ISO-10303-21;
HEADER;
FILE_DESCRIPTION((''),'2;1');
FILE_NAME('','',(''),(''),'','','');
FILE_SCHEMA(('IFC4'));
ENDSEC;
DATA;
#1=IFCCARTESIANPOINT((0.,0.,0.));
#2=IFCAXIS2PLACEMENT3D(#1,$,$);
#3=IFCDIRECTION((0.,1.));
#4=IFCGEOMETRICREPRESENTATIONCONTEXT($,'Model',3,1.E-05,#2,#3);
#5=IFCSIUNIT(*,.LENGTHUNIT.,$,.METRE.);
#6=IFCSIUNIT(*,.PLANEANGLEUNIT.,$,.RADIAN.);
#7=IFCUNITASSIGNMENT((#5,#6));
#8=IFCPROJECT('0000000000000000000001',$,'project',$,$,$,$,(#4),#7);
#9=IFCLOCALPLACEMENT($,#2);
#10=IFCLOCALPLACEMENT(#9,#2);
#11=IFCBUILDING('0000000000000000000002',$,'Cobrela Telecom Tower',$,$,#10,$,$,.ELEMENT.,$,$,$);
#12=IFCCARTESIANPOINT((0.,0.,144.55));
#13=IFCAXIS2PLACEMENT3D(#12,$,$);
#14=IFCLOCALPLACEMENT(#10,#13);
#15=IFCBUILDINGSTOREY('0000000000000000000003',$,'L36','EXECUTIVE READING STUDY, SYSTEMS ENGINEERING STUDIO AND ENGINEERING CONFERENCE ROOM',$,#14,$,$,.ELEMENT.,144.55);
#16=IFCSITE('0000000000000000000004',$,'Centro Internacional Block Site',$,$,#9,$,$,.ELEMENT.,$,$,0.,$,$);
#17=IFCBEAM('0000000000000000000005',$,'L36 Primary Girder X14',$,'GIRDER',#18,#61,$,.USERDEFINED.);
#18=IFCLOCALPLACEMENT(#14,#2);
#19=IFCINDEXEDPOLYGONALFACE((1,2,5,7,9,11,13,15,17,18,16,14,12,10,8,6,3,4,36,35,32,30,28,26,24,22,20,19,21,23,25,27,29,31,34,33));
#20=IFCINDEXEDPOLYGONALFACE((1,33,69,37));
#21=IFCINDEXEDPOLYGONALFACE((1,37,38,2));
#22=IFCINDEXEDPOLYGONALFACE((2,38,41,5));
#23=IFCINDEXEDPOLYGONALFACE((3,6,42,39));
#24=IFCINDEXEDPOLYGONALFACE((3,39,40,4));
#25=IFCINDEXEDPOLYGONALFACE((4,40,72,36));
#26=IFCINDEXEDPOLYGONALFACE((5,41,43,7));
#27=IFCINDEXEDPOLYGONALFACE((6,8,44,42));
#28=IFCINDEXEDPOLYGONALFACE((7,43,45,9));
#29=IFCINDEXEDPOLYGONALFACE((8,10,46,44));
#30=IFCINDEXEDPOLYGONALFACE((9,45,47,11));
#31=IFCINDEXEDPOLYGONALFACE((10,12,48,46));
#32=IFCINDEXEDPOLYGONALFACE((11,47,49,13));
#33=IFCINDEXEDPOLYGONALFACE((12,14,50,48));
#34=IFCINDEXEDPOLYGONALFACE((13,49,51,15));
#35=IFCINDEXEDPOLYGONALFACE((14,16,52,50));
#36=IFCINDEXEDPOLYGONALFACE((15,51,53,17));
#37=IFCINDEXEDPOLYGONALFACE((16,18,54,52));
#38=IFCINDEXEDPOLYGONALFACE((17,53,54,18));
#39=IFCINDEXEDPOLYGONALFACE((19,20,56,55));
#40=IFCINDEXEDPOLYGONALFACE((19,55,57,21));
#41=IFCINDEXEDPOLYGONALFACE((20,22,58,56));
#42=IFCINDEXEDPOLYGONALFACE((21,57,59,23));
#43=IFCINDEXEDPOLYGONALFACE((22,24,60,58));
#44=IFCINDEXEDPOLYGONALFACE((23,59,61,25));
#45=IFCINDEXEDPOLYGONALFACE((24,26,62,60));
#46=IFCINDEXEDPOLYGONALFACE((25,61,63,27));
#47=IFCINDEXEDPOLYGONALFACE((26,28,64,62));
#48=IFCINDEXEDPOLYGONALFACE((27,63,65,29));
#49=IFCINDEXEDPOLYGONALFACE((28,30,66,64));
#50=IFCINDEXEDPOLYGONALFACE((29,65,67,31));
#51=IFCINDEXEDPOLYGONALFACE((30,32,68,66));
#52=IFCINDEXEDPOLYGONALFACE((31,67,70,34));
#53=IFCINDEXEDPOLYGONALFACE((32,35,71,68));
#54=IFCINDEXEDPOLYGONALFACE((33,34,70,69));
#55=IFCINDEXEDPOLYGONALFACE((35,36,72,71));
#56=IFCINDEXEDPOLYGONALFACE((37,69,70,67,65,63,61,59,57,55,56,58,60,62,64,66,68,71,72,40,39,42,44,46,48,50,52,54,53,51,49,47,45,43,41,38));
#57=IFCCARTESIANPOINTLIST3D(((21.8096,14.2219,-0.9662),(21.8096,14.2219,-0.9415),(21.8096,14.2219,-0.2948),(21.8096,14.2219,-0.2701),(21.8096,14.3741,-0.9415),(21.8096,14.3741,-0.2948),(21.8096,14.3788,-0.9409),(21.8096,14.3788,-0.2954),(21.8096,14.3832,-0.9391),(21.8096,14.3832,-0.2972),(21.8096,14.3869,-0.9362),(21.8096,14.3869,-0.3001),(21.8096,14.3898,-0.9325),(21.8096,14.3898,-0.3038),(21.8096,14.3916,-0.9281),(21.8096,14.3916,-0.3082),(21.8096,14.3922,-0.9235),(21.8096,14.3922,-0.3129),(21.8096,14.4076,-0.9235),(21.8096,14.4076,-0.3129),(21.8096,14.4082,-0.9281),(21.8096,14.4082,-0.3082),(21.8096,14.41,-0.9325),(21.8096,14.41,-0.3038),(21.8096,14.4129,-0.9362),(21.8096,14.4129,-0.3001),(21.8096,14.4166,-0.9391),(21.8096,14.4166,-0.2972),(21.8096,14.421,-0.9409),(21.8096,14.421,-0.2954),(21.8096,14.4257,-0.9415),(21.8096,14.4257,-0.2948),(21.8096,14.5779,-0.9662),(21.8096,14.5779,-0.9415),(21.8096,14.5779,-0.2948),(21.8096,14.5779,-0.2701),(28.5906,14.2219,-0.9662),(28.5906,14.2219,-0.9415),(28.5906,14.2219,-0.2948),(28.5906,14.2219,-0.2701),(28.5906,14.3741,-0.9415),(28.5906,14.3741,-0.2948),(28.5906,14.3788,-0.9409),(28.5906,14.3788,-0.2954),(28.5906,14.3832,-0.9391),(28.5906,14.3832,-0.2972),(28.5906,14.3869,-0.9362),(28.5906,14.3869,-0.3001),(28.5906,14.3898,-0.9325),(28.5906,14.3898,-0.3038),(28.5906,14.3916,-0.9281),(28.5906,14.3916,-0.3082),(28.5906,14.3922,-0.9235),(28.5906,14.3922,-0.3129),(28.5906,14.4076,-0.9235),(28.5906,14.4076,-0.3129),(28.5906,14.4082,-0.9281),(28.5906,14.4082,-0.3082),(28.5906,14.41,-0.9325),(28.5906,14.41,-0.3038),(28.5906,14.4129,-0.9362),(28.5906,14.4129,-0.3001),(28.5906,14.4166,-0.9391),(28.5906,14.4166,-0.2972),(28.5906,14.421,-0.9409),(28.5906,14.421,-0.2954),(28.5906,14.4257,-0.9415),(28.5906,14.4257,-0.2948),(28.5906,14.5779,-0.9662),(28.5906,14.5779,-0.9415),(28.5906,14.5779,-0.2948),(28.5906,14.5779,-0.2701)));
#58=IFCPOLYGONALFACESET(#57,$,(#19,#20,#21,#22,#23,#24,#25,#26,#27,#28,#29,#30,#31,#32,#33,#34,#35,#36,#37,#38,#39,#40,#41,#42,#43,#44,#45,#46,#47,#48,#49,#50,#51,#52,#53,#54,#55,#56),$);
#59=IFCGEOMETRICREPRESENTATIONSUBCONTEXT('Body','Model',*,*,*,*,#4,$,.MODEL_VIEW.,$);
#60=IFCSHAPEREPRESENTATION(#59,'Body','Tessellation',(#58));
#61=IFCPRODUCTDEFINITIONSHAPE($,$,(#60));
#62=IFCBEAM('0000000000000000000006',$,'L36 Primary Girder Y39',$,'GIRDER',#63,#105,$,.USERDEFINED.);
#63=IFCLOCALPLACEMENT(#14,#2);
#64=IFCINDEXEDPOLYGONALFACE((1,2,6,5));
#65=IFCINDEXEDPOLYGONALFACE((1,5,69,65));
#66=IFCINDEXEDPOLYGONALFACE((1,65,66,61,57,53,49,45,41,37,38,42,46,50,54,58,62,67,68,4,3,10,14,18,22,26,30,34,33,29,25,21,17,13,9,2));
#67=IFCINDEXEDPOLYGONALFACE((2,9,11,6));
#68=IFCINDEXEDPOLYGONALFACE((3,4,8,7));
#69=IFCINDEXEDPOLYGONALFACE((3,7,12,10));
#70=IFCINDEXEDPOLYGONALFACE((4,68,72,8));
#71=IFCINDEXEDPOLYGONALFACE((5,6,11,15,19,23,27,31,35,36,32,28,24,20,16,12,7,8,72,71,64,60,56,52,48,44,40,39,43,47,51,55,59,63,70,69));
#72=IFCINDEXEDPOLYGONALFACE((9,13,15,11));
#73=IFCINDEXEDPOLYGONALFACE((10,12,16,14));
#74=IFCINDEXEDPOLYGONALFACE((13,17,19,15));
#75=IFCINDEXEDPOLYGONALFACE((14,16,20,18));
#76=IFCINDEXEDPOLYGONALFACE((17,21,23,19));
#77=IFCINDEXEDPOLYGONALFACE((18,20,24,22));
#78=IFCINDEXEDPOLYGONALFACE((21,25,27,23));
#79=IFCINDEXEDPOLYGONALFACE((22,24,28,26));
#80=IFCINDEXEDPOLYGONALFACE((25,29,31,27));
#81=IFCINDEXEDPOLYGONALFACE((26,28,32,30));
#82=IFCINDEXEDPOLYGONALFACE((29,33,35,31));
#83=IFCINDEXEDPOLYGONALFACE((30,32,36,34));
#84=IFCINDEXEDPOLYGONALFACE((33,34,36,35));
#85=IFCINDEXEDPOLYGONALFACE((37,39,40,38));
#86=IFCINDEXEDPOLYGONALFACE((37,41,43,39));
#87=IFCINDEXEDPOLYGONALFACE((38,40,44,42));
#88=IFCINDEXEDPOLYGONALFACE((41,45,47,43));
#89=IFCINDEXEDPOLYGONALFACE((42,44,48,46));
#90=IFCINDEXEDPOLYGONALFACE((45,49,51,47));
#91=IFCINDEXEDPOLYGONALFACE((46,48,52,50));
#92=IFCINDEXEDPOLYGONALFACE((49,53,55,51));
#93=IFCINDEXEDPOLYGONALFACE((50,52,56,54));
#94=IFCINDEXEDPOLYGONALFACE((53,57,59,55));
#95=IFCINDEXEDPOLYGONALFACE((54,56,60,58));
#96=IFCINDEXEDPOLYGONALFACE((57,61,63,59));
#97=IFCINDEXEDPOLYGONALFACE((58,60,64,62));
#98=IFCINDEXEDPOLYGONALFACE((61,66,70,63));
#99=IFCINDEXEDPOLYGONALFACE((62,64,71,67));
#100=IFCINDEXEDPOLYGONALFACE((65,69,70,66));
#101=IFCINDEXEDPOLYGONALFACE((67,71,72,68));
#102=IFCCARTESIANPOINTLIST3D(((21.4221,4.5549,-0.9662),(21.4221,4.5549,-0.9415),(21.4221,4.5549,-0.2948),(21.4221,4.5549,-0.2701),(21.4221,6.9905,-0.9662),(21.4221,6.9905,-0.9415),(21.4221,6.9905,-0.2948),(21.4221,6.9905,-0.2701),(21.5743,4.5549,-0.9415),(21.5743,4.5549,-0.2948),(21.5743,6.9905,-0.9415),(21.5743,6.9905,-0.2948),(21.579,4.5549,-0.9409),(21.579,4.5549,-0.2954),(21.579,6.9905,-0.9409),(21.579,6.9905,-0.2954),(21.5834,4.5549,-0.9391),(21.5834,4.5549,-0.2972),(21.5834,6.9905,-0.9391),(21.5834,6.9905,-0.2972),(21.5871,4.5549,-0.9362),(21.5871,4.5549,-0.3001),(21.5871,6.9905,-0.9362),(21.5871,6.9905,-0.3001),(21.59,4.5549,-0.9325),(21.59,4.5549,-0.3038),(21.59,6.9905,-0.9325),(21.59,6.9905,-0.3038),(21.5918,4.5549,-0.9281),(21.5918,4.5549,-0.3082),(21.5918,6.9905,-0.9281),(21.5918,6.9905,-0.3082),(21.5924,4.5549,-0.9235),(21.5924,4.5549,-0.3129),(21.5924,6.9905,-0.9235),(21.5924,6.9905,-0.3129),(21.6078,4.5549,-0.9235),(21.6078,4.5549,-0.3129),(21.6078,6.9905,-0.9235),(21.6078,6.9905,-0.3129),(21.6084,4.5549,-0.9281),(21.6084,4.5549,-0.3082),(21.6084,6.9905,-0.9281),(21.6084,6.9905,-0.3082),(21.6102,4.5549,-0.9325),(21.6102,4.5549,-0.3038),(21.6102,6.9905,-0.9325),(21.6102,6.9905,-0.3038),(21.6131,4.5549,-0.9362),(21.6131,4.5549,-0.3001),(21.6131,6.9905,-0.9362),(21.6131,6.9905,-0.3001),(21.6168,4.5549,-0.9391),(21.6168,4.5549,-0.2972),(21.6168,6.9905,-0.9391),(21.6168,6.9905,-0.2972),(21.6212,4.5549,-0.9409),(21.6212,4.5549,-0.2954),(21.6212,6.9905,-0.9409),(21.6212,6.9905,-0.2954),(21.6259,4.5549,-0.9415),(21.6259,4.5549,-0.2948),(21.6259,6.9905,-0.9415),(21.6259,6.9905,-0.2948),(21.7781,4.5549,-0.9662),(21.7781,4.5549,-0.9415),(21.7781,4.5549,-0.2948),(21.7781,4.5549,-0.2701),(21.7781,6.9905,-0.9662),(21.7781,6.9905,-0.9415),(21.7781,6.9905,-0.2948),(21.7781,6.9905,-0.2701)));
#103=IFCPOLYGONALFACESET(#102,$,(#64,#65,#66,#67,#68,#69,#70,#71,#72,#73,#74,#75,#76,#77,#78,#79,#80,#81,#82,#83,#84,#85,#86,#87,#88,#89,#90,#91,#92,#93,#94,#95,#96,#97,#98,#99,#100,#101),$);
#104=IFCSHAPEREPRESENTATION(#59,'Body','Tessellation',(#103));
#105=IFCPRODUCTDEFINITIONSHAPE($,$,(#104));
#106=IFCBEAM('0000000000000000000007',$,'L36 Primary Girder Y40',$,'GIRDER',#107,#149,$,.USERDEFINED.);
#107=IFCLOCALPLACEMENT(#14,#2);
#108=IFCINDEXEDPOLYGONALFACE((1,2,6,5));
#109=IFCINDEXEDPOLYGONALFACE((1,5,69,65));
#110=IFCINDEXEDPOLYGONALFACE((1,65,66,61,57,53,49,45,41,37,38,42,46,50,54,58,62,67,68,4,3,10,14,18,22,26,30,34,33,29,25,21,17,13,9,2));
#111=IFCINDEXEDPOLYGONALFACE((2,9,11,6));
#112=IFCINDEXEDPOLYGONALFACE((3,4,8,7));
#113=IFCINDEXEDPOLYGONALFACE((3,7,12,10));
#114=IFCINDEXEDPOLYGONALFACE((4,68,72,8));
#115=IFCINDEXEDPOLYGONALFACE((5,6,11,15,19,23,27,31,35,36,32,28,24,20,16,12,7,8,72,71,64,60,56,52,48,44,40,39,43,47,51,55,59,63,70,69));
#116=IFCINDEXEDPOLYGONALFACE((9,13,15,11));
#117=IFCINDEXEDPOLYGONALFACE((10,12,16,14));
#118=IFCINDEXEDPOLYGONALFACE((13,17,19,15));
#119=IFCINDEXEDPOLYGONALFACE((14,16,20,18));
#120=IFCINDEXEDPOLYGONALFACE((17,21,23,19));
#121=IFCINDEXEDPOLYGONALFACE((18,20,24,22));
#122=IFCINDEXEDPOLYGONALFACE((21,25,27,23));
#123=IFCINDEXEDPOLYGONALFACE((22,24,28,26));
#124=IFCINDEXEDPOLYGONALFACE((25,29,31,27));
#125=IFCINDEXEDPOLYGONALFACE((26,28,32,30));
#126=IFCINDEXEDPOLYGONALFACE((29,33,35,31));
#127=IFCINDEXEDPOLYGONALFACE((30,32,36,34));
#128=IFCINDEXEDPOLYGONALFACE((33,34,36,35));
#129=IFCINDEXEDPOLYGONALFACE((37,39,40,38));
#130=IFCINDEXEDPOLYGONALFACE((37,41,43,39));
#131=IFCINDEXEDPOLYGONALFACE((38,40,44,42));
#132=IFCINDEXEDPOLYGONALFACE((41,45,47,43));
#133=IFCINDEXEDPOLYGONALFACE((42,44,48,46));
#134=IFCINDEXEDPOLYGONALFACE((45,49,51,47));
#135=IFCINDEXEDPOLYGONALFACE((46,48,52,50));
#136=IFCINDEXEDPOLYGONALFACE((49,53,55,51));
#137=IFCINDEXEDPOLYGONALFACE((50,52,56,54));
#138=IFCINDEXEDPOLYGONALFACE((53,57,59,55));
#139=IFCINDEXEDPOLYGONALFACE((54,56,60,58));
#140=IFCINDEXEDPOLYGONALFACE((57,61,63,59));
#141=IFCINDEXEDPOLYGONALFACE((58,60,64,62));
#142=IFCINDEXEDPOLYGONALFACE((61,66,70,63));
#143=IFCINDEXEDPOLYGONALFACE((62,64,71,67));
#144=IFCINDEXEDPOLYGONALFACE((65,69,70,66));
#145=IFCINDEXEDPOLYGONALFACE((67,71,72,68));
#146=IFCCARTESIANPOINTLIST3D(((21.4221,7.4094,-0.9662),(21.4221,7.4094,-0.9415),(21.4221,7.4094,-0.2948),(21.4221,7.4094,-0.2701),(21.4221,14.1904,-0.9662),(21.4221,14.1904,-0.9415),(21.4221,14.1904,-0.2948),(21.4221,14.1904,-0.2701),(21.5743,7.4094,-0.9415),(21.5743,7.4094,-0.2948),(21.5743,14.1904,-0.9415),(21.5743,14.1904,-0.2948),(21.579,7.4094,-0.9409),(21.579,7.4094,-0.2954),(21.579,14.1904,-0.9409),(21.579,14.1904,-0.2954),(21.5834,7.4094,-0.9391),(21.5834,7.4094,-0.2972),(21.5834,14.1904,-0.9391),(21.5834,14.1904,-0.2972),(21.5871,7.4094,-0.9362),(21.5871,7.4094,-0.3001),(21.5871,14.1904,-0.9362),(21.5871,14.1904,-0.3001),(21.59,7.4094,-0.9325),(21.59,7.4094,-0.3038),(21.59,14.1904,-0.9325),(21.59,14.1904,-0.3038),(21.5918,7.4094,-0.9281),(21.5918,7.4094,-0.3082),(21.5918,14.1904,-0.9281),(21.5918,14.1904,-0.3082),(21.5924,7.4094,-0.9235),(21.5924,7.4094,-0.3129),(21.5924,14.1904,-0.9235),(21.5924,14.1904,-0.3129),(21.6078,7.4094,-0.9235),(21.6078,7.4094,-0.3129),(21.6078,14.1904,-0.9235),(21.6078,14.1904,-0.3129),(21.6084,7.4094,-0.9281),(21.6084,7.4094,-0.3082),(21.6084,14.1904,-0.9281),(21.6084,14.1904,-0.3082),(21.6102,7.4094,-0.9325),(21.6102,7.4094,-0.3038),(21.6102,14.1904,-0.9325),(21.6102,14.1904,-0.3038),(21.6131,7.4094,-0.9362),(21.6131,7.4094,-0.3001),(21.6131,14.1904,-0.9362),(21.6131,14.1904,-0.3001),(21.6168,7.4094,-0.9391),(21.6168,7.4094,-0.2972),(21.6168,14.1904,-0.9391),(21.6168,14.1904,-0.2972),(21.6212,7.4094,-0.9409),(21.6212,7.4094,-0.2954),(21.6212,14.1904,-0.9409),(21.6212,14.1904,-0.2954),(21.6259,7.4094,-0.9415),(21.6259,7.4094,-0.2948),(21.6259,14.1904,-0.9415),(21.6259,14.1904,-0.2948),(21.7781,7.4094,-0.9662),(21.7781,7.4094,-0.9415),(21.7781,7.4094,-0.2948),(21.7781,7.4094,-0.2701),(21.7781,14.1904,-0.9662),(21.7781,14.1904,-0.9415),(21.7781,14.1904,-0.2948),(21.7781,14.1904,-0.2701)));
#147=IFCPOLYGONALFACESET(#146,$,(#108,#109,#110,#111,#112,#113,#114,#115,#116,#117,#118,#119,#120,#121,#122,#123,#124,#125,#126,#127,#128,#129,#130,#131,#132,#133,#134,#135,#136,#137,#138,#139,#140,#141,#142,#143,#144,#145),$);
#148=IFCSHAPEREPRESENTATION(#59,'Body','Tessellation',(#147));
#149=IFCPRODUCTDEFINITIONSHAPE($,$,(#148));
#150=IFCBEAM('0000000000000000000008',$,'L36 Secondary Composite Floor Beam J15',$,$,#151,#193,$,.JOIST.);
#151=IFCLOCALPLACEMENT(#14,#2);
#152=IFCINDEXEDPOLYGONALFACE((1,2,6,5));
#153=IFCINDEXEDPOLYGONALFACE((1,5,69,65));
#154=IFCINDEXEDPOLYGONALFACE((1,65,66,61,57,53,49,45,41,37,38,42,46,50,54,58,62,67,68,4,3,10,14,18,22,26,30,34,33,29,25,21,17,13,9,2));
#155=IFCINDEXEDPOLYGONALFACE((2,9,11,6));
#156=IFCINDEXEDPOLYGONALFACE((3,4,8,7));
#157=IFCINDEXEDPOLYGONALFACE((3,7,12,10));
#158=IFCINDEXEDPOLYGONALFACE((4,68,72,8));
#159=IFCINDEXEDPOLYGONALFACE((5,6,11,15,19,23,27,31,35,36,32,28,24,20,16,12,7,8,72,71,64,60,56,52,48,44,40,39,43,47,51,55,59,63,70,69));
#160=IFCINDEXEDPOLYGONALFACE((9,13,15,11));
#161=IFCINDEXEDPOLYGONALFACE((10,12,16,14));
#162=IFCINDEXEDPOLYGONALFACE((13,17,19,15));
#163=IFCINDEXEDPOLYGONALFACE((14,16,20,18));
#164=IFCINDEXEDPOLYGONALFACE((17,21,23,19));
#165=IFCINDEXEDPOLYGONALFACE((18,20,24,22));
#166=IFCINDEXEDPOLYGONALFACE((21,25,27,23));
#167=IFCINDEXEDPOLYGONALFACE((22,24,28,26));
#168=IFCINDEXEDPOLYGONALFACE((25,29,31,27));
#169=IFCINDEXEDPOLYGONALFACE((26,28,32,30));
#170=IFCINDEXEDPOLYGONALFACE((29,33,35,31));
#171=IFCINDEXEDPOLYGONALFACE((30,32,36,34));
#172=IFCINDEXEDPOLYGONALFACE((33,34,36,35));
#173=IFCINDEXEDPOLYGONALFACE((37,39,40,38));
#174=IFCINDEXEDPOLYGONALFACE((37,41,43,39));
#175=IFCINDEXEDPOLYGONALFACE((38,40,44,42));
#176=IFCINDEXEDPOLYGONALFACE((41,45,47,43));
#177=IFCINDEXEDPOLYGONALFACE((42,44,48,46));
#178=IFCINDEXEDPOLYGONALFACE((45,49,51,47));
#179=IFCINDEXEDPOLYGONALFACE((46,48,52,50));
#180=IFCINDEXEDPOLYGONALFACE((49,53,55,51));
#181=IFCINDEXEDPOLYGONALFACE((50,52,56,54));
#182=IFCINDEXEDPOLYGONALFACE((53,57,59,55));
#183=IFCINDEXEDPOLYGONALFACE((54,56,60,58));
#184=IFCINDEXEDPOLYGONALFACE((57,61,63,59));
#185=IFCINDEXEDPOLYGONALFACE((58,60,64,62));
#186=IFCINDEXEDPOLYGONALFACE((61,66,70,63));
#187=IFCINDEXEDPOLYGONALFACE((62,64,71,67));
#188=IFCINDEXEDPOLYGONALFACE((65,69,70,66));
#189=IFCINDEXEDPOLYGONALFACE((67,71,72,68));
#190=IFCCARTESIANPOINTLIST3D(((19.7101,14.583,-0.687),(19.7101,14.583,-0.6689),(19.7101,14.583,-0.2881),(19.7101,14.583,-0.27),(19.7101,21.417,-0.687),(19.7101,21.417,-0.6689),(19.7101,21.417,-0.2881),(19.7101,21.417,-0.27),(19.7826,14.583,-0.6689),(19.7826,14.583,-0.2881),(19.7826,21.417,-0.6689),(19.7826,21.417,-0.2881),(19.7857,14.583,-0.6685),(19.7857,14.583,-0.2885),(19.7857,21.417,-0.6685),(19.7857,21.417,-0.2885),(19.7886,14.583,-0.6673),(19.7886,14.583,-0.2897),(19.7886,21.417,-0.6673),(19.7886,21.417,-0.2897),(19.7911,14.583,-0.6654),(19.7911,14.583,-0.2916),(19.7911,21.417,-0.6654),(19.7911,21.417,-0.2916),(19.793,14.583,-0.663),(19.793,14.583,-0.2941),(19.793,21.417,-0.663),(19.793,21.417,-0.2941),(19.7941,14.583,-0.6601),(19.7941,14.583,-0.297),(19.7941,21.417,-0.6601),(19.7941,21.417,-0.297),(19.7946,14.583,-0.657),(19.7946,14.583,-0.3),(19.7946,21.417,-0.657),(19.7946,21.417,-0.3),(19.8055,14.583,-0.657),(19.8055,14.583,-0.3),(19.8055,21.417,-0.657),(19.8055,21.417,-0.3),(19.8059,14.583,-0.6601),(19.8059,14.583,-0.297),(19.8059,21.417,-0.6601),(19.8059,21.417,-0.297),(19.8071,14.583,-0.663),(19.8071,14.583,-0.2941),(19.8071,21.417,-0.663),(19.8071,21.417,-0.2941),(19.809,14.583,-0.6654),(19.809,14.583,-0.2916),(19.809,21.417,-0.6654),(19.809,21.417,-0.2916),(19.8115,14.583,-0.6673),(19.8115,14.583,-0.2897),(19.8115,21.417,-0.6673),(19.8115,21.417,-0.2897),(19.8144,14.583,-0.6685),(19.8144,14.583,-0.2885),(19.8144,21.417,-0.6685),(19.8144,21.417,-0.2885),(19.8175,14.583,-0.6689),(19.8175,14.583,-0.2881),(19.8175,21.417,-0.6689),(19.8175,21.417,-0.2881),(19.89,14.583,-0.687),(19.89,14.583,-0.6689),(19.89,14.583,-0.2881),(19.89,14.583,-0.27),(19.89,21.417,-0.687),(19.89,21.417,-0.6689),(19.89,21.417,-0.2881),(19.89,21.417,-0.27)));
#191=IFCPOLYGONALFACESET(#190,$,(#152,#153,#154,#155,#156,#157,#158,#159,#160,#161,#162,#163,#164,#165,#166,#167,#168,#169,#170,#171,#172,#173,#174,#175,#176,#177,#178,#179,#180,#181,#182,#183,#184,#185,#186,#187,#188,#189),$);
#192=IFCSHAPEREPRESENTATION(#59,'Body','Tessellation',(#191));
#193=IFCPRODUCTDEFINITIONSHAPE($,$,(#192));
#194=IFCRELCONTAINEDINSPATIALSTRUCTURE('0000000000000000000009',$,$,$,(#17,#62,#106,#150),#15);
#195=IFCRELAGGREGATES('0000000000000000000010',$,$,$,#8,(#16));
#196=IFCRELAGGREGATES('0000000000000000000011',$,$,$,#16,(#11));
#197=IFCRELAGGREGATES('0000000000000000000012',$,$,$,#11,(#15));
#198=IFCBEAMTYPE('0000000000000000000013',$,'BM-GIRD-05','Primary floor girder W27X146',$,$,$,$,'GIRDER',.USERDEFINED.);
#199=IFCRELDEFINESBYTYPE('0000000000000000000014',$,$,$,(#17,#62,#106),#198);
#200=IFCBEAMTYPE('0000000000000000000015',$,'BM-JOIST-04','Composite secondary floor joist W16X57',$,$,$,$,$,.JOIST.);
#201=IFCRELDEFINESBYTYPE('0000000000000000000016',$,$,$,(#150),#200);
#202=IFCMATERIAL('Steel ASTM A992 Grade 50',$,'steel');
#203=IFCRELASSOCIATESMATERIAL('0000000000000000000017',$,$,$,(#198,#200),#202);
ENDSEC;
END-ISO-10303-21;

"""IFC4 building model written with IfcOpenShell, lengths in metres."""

from ifc_helpers import new_model, si_unit, direction, frame, origin, origin_2d, place, context, subcontext, project, spatial, i_section, extrude, material, material_profile, profile_set, type_object, element, save


model = new_model("IFC4")

# Units and contexts
model_context = context("Model", 3, precision=1e-05, world=origin(), true_north=direction((0.0, 1.0)))
body_context = subcontext(model_context, "Body", "Model", "MODEL_VIEW")
ifc_project = project(units=[si_unit("LENGTHUNIT", "METRE"), si_unit("PLANEANGLEUNIT", "RADIAN")], contexts=[model_context])

# Site, building, storey
site_placement = place(None, origin())
site = spatial("IfcSite", under=ifc_project, at=site_placement, Name="Centro Internacional Block Site", CompositionType="ELEMENT", RefElevation=0.0)
building_placement = place(site_placement, origin())
building = spatial("IfcBuilding", under=site, at=building_placement, Name="Cobrela Telecom Tower", CompositionType="ELEMENT")
storey_placement = place(building_placement, frame((0.0, 0.0, 144.55)))
storey = spatial("IfcBuildingStorey", under=building, at=storey_placement, Name="L36", Description="EXECUTIVE READING STUDY, SYSTEMS ENGINEERING STUDIO AND ENGINEERING CONFERENCE ROOM", CompositionType="ELEMENT", Elevation=144.55)

# Shared definitions
ifc_material_1 = material(Name="Steel ASTM A992 Grade 50", Category="steel")

# Beams
ifc_material_profile_1 = material_profile(ifc_material_1, i_section(OverallWidth=0.356, OverallDepth=0.696, WebThickness=0.0154, FlangeThickness=0.0247, FilletRadius=0.0181, at=origin_2d()), Name="W27X146")
ifc_profile_set_1 = profile_set([ifc_material_profile_1], Name="Steel ASTM A992 Grade 50")
beam_type_1 = type_object("IfcBeamType", Name="BM-GIRD-05", Description="Primary floor girder W27X146", ElementType="GIRDER", PredefinedType="USERDEFINED", material=ifc_profile_set_1)
for number, where, z_axis, x_axis, name in (
    (1, (21.8096, 14.3999, -0.6182), (1.0, 0.0, 0.0), (0.0, 1.0, 0.0), "L36 Primary Girder X14"),
):
    element("IfcBeam", number, at=place(storey_placement, frame(where, z_axis=z_axis, x_axis=x_axis)), inside=storey, type_object=beam_type_1, Name=name, ObjectType="GIRDER", PredefinedType="USERDEFINED", context=body_context, shape_type="SweptSolid", body=[
        extrude(i_section(OverallWidth=0.356, OverallDepth=0.696, WebThickness=0.0154, FlangeThickness=0.0247, FilletRadius=0.0181, at=origin_2d()), origin(), (0.0, 0.0, 1.0), 6.781),
    ])
beam_1_placement = place(storey_placement, frame((21.6001, 4.5549, -0.6182), z_axis=(0.0, 1.0, 0.0), x_axis=(-1.0, 0.0, 0.0)))
element("IfcBeam", 2, at=beam_1_placement, inside=storey, type_object=beam_type_1, Name="L36 Primary Girder Y39", ObjectType="GIRDER", PredefinedType="USERDEFINED", context=body_context, shape_type="SweptSolid", body=[
    extrude(i_section(OverallWidth=0.356, OverallDepth=0.696, WebThickness=0.0154, FlangeThickness=0.0247, FilletRadius=0.0181, at=origin_2d()), origin(), (0.0, 0.0, 1.0), 2.4355),
])
beam_2_placement = place(storey_placement, frame((21.6001, 7.4094, -0.6182), z_axis=(0.0, 1.0, 0.0), x_axis=(-1.0, 0.0, 0.0)))
element("IfcBeam", 3, at=beam_2_placement, inside=storey, type_object=beam_type_1, Name="L36 Primary Girder Y40", ObjectType="GIRDER", PredefinedType="USERDEFINED", context=body_context, shape_type="SweptSolid", body=[
    extrude(i_section(OverallWidth=0.356, OverallDepth=0.696, WebThickness=0.0154, FlangeThickness=0.0247, FilletRadius=0.0181, at=origin_2d()), origin(), (0.0, 0.0, 1.0), 6.781),
])
ifc_material_profile_2 = material_profile(ifc_material_1, i_section(OverallWidth=0.1799, OverallDepth=0.417, WebThickness=0.011, FlangeThickness=0.0181, FilletRadius=0.012, at=origin_2d()), Name="W16X57")
ifc_profile_set_2 = profile_set([ifc_material_profile_2], Name="Steel ASTM A992 Grade 50")
beam_type_2 = type_object("IfcBeamType", Name="BM-JOIST-04", Description="Composite secondary floor joist W16X57", PredefinedType="JOIST", material=ifc_profile_set_2)
for number, where, z_axis, x_axis, name in (
    (4, (19.8, 14.583, -0.4785), (0.0, 1.0, 0.0), (-1.0, 0.0, 0.0), "L36 Secondary Composite Floor Beam J15"),
):
    element("IfcBeam", number, at=place(storey_placement, frame(where, z_axis=z_axis, x_axis=x_axis)), inside=storey, type_object=beam_type_2, Name=name, PredefinedType="JOIST", context=body_context, shape_type="SweptSolid", body=[
        extrude(i_section(OverallWidth=0.1799, OverallDepth=0.417, WebThickness=0.011, FlangeThickness=0.0181, FilletRadius=0.012, at=origin_2d()), origin(), (0.0, 0.0, 1.0), 6.834),
    ])

save(model, "model.ifc")
